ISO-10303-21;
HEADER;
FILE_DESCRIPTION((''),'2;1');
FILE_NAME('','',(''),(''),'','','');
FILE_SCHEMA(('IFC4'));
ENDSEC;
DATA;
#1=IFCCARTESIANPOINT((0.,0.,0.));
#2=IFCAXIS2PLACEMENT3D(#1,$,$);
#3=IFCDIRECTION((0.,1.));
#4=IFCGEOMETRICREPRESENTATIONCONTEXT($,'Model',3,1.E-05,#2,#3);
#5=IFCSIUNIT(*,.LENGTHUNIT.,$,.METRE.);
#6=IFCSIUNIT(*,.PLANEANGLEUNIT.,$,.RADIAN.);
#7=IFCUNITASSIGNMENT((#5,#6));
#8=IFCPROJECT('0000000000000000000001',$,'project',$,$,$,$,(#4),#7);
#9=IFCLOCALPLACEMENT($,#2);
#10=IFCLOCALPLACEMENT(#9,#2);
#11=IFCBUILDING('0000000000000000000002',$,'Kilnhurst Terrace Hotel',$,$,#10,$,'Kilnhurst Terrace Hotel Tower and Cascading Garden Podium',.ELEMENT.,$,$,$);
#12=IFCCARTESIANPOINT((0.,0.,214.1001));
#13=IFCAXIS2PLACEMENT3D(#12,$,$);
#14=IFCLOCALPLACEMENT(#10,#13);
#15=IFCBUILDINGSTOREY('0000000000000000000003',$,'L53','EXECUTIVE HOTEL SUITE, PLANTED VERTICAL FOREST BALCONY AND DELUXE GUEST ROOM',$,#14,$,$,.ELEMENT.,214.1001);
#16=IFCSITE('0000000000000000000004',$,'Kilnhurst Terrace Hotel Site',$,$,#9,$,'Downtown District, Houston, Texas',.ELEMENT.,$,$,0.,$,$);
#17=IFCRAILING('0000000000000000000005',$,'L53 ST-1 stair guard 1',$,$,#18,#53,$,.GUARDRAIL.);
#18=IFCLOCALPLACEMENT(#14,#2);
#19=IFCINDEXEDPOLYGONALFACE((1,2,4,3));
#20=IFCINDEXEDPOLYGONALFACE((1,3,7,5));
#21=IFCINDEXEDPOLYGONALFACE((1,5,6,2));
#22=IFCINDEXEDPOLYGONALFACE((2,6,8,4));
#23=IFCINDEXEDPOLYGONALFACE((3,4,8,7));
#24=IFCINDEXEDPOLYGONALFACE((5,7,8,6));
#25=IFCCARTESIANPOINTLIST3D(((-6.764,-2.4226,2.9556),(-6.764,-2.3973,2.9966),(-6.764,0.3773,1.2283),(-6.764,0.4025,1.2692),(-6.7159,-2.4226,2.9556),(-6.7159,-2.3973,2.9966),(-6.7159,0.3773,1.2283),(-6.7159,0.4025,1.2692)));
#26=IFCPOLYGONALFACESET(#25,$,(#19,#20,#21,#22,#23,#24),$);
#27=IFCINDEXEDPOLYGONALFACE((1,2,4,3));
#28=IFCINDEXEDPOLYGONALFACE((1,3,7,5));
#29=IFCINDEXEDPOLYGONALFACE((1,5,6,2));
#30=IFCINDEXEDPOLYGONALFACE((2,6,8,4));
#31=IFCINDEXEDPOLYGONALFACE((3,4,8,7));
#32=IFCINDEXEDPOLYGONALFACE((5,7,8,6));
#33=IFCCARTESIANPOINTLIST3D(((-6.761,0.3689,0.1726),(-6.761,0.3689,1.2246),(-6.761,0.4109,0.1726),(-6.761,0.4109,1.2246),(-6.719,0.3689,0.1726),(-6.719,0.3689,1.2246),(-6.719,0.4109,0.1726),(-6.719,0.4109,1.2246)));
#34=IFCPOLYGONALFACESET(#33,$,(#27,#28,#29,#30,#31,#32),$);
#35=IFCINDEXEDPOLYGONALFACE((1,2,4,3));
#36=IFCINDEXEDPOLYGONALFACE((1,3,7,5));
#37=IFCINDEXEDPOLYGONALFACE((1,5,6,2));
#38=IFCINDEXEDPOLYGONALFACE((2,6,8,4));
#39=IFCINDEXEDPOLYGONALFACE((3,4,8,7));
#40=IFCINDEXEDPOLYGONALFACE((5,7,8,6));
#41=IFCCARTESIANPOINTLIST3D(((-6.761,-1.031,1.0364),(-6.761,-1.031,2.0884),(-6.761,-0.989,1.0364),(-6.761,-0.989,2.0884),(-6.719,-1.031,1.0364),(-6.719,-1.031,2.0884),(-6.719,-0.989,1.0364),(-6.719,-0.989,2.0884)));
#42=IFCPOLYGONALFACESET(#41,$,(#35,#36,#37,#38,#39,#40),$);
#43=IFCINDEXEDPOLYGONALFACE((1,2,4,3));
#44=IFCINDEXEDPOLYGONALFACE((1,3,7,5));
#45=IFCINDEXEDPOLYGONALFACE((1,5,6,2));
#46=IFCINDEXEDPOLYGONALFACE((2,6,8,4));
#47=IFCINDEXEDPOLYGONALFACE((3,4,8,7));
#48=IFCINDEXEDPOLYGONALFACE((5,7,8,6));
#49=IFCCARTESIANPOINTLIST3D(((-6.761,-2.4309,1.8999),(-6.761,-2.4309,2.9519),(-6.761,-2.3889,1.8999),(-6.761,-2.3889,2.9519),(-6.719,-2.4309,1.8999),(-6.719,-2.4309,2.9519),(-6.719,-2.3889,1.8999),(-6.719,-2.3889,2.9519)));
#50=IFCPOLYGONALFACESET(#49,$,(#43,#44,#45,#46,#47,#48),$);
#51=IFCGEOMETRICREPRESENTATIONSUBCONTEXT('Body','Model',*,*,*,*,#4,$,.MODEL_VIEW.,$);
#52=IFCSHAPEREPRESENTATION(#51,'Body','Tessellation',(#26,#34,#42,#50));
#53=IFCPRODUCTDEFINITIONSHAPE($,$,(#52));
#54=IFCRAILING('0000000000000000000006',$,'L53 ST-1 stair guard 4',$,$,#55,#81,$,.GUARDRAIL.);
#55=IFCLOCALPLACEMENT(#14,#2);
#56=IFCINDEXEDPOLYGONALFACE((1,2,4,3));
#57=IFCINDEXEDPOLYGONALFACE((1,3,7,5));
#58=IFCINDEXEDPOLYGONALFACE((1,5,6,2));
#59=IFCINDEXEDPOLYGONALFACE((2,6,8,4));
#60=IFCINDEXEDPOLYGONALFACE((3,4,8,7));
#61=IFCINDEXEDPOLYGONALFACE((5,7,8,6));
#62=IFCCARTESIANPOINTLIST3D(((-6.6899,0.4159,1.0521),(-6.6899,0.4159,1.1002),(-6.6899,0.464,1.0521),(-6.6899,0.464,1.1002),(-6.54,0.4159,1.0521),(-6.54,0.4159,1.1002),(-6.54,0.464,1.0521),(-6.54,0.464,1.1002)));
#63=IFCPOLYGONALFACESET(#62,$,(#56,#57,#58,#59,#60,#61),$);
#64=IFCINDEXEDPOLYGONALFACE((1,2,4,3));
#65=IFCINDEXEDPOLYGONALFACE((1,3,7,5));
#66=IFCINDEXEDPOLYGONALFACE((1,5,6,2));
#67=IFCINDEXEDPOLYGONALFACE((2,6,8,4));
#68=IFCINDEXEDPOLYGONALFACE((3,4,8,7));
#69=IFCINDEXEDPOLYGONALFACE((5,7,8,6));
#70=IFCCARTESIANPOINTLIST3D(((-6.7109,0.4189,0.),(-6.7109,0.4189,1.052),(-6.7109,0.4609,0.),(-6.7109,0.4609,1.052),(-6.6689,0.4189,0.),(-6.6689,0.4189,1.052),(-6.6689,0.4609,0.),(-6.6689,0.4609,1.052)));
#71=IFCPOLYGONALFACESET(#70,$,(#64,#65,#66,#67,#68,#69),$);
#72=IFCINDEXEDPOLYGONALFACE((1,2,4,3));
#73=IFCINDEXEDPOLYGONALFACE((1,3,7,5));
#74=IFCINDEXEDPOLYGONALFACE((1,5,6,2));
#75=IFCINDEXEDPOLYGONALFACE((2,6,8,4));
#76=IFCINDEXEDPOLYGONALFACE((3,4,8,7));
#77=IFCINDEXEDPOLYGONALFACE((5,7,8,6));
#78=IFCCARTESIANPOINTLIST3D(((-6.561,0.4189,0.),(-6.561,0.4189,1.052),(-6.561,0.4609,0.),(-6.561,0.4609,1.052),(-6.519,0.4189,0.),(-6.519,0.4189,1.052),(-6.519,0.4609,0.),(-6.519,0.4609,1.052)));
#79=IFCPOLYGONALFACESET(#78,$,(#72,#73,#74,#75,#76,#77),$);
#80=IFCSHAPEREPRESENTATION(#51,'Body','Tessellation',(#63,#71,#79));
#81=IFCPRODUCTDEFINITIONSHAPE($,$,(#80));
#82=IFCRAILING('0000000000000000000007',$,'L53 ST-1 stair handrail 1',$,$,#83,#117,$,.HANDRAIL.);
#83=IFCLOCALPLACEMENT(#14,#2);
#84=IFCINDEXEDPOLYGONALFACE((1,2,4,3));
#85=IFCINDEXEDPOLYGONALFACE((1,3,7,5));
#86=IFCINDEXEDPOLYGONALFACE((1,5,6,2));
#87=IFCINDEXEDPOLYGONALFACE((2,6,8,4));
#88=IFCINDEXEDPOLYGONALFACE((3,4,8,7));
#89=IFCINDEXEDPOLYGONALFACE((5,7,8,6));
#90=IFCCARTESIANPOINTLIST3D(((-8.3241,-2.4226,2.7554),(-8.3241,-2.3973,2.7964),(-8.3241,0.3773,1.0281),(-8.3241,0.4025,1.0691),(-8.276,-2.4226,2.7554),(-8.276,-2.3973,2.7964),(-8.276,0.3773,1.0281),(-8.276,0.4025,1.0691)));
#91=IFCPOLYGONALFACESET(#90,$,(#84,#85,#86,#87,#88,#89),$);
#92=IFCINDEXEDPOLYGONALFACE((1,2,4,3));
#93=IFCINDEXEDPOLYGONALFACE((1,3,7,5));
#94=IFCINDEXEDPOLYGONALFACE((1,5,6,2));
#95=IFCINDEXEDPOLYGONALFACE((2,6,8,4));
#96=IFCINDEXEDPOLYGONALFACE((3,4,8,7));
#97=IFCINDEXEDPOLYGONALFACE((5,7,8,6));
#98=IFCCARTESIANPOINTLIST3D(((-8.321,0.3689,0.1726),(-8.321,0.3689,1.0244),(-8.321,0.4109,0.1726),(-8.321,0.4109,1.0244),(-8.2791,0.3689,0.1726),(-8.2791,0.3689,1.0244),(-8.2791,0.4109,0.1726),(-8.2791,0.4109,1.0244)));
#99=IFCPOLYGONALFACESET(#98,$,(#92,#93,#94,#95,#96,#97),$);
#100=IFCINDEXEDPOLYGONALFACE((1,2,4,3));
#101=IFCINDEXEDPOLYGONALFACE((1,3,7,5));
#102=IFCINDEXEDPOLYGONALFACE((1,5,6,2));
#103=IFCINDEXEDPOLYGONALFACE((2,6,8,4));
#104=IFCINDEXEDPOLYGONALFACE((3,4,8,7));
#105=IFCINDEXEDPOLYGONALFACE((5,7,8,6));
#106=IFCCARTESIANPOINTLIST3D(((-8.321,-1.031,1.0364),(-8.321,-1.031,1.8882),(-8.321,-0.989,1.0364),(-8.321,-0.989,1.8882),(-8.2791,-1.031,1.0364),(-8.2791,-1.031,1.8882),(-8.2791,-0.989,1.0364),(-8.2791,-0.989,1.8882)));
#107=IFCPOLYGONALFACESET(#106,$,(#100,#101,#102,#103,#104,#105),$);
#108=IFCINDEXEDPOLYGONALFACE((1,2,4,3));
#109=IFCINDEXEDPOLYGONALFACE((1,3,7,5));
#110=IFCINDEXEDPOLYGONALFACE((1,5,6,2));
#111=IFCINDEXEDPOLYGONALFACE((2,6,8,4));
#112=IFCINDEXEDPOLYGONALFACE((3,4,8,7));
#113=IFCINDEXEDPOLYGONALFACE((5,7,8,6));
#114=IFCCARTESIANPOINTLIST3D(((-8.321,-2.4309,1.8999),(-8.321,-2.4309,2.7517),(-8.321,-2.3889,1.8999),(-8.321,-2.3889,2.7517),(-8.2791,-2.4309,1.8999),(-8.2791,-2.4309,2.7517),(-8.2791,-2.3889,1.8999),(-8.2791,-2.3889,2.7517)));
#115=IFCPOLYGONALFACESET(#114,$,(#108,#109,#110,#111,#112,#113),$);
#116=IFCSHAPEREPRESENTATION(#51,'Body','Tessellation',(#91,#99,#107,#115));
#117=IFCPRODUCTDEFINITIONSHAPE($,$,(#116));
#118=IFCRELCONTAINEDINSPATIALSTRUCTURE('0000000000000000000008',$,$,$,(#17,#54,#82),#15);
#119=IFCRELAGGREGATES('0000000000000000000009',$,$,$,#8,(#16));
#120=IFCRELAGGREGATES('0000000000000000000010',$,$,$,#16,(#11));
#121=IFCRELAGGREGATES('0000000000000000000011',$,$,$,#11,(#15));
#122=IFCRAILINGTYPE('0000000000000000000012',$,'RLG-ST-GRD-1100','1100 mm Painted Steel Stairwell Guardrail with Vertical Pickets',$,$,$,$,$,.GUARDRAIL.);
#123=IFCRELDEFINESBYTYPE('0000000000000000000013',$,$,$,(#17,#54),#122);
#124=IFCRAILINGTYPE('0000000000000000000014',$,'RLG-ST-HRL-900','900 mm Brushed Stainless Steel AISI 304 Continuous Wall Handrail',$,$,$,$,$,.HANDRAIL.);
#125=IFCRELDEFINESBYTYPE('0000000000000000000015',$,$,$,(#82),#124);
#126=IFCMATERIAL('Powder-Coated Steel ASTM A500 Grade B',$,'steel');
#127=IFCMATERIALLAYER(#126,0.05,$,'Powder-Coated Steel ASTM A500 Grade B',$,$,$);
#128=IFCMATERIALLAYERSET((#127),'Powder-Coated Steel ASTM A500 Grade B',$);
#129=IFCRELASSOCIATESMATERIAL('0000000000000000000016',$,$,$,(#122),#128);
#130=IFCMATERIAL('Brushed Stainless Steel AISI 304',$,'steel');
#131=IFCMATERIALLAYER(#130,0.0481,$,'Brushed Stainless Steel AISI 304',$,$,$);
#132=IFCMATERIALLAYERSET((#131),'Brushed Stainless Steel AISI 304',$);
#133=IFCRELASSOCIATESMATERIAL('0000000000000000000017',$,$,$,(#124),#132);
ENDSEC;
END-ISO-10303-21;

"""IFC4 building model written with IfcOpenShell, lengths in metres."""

from ifc_helpers import new_model, si_unit, direction, frame, origin, origin_2d, place, context, subcontext, project, spatial, rectangle, extrude, material, layer, layer_set, type_object, element, save


model = new_model("IFC4")

# Units and contexts
model_context = context("Model", 3, precision=1e-05, world=origin(), true_north=direction((0.0, 1.0)))
body_context = subcontext(model_context, "Body", "Model", "MODEL_VIEW")
ifc_project = project(units=[si_unit("LENGTHUNIT", "METRE"), si_unit("PLANEANGLEUNIT", "RADIAN")], contexts=[model_context])

# Site, building, storey
site_placement = place(None, origin())
site = spatial("IfcSite", under=ifc_project, at=site_placement, Name="Kilnhurst Terrace Hotel Site", LongName="Downtown District, Houston, Texas", CompositionType="ELEMENT", RefElevation=0.0)
building_placement = place(site_placement, origin())
building = spatial("IfcBuilding", under=site, at=building_placement, Name="Kilnhurst Terrace Hotel", LongName="Kilnhurst Terrace Hotel Tower and Cascading Garden Podium", CompositionType="ELEMENT")
storey_placement = place(building_placement, frame((0.0, 0.0, 214.1001)))
storey = spatial("IfcBuildingStorey", under=building, at=storey_placement, Name="L53", Description="EXECUTIVE HOTEL SUITE, PLANTED VERTICAL FOREST BALCONY AND DELUXE GUEST ROOM", CompositionType="ELEMENT", Elevation=214.1001)

# Railings
ifc_material_1 = material(Name="Powder-Coated Steel ASTM A500 Grade B", Category="steel")
ifc_layer_1 = layer(ifc_material_1, 0.05, Name="Powder-Coated Steel ASTM A500 Grade B")
ifc_layer_set_1 = layer_set([ifc_layer_1], Name="Powder-Coated Steel ASTM A500 Grade B")
railing_type_1 = type_object("IfcRailingType", Name="RLG-ST-GRD-1100", Description="1100 mm Painted Steel Stairwell Guardrail with Vertical Pickets", PredefinedType="GUARDRAIL", material=ifc_layer_set_1)
railing_1_placement = place(storey_placement, frame((-6.74, 0.3899, 0.1726)))
element("IfcRailing", 1, at=railing_1_placement, inside=storey, type_object=railing_type_1, Name="L53 ST-1 stair guard 1", PredefinedType="GUARDRAIL", context=body_context, shape_type="SweptSolid", body=[
    extrude(rectangle(XDim=0.0481, YDim=0.0481, at=origin_2d()), frame((0.0, 0.0, 1.0762), z_axis=(0.0, -0.851069, 0.525054), x_axis=(1.0, 0.0, 0.0)), (0.0, 0.0, 1.0), 3.2898),
    extrude(rectangle(XDim=0.042, YDim=0.042, at=origin_2d()), origin(), (0.0, 0.0, 1.0), 1.052),
    extrude(rectangle(XDim=0.042, YDim=0.042, at=origin_2d()), frame((0.0, -1.3999, 0.8638)), (0.0, 0.0, 1.0), 1.052),
    extrude(rectangle(XDim=0.042, YDim=0.042, at=origin_2d()), frame((0.0, -2.7998, 1.7273)), (0.0, 0.0, 1.0), 1.052),
])
railing_2_placement = place(storey_placement, frame((-6.6899, 0.4399, 0.0)))
element("IfcRailing", 2, at=railing_2_placement, inside=storey, type_object=railing_type_1, Name="L53 ST-1 stair guard 4", PredefinedType="GUARDRAIL", context=body_context, shape_type="SweptSolid", body=[
    extrude(rectangle(XDim=0.0481, YDim=0.0481, at=origin_2d()), frame((0.0, 0.0, 1.0762), z_axis=(1.0, 0.0, 0.0), x_axis=(0.0, 1.0, 0.0)), (0.0, 0.0, 1.0), 0.1499),
    extrude(rectangle(XDim=0.042, YDim=0.042, at=origin_2d()), origin(), (0.0, 0.0, 1.0), 1.052),
    extrude(rectangle(XDim=0.042, YDim=0.042, at=origin_2d()), frame((0.1499, 0.0, 0.0)), (0.0, 0.0, 1.0), 1.052),
])
ifc_material_2 = material(Name="Brushed Stainless Steel AISI 304", Category="steel")
ifc_layer_2 = layer(ifc_material_2, 0.0481, Name="Brushed Stainless Steel AISI 304")
ifc_layer_set_2 = layer_set([ifc_layer_2], Name="Brushed Stainless Steel AISI 304")
railing_type_2 = type_object("IfcRailingType", Name="RLG-ST-HRL-900", Description="900 mm Brushed Stainless Steel AISI 304 Continuous Wall Handrail", PredefinedType="HANDRAIL", material=ifc_layer_set_2)
railing_3_placement = place(storey_placement, frame((-8.3, 0.3899, 0.1726)))
element("IfcRailing", 3, at=railing_3_placement, inside=storey, type_object=railing_type_2, Name="L53 ST-1 stair handrail 1", PredefinedType="HANDRAIL", context=body_context, shape_type="SweptSolid", body=[
    extrude(rectangle(XDim=0.0481, YDim=0.0481, at=origin_2d()), frame((0.0, 0.0, 0.876), z_axis=(0.0, -0.851069, 0.525054), x_axis=(1.0, 0.0, 0.0)), (0.0, 0.0, 1.0), 3.2898),
    extrude(rectangle(XDim=0.042, YDim=0.042, at=origin_2d()), origin(), (0.0, 0.0, 1.0), 0.8518),
    extrude(rectangle(XDim=0.042, YDim=0.042, at=origin_2d()), frame((0.0, -1.3999, 0.8638)), (0.0, 0.0, 1.0), 0.8518),
    extrude(rectangle(XDim=0.042, YDim=0.042, at=origin_2d()), frame((0.0, -2.7998, 1.7273)), (0.0, 0.0, 1.0), 0.8518),
])

save(model, "model.ifc")
